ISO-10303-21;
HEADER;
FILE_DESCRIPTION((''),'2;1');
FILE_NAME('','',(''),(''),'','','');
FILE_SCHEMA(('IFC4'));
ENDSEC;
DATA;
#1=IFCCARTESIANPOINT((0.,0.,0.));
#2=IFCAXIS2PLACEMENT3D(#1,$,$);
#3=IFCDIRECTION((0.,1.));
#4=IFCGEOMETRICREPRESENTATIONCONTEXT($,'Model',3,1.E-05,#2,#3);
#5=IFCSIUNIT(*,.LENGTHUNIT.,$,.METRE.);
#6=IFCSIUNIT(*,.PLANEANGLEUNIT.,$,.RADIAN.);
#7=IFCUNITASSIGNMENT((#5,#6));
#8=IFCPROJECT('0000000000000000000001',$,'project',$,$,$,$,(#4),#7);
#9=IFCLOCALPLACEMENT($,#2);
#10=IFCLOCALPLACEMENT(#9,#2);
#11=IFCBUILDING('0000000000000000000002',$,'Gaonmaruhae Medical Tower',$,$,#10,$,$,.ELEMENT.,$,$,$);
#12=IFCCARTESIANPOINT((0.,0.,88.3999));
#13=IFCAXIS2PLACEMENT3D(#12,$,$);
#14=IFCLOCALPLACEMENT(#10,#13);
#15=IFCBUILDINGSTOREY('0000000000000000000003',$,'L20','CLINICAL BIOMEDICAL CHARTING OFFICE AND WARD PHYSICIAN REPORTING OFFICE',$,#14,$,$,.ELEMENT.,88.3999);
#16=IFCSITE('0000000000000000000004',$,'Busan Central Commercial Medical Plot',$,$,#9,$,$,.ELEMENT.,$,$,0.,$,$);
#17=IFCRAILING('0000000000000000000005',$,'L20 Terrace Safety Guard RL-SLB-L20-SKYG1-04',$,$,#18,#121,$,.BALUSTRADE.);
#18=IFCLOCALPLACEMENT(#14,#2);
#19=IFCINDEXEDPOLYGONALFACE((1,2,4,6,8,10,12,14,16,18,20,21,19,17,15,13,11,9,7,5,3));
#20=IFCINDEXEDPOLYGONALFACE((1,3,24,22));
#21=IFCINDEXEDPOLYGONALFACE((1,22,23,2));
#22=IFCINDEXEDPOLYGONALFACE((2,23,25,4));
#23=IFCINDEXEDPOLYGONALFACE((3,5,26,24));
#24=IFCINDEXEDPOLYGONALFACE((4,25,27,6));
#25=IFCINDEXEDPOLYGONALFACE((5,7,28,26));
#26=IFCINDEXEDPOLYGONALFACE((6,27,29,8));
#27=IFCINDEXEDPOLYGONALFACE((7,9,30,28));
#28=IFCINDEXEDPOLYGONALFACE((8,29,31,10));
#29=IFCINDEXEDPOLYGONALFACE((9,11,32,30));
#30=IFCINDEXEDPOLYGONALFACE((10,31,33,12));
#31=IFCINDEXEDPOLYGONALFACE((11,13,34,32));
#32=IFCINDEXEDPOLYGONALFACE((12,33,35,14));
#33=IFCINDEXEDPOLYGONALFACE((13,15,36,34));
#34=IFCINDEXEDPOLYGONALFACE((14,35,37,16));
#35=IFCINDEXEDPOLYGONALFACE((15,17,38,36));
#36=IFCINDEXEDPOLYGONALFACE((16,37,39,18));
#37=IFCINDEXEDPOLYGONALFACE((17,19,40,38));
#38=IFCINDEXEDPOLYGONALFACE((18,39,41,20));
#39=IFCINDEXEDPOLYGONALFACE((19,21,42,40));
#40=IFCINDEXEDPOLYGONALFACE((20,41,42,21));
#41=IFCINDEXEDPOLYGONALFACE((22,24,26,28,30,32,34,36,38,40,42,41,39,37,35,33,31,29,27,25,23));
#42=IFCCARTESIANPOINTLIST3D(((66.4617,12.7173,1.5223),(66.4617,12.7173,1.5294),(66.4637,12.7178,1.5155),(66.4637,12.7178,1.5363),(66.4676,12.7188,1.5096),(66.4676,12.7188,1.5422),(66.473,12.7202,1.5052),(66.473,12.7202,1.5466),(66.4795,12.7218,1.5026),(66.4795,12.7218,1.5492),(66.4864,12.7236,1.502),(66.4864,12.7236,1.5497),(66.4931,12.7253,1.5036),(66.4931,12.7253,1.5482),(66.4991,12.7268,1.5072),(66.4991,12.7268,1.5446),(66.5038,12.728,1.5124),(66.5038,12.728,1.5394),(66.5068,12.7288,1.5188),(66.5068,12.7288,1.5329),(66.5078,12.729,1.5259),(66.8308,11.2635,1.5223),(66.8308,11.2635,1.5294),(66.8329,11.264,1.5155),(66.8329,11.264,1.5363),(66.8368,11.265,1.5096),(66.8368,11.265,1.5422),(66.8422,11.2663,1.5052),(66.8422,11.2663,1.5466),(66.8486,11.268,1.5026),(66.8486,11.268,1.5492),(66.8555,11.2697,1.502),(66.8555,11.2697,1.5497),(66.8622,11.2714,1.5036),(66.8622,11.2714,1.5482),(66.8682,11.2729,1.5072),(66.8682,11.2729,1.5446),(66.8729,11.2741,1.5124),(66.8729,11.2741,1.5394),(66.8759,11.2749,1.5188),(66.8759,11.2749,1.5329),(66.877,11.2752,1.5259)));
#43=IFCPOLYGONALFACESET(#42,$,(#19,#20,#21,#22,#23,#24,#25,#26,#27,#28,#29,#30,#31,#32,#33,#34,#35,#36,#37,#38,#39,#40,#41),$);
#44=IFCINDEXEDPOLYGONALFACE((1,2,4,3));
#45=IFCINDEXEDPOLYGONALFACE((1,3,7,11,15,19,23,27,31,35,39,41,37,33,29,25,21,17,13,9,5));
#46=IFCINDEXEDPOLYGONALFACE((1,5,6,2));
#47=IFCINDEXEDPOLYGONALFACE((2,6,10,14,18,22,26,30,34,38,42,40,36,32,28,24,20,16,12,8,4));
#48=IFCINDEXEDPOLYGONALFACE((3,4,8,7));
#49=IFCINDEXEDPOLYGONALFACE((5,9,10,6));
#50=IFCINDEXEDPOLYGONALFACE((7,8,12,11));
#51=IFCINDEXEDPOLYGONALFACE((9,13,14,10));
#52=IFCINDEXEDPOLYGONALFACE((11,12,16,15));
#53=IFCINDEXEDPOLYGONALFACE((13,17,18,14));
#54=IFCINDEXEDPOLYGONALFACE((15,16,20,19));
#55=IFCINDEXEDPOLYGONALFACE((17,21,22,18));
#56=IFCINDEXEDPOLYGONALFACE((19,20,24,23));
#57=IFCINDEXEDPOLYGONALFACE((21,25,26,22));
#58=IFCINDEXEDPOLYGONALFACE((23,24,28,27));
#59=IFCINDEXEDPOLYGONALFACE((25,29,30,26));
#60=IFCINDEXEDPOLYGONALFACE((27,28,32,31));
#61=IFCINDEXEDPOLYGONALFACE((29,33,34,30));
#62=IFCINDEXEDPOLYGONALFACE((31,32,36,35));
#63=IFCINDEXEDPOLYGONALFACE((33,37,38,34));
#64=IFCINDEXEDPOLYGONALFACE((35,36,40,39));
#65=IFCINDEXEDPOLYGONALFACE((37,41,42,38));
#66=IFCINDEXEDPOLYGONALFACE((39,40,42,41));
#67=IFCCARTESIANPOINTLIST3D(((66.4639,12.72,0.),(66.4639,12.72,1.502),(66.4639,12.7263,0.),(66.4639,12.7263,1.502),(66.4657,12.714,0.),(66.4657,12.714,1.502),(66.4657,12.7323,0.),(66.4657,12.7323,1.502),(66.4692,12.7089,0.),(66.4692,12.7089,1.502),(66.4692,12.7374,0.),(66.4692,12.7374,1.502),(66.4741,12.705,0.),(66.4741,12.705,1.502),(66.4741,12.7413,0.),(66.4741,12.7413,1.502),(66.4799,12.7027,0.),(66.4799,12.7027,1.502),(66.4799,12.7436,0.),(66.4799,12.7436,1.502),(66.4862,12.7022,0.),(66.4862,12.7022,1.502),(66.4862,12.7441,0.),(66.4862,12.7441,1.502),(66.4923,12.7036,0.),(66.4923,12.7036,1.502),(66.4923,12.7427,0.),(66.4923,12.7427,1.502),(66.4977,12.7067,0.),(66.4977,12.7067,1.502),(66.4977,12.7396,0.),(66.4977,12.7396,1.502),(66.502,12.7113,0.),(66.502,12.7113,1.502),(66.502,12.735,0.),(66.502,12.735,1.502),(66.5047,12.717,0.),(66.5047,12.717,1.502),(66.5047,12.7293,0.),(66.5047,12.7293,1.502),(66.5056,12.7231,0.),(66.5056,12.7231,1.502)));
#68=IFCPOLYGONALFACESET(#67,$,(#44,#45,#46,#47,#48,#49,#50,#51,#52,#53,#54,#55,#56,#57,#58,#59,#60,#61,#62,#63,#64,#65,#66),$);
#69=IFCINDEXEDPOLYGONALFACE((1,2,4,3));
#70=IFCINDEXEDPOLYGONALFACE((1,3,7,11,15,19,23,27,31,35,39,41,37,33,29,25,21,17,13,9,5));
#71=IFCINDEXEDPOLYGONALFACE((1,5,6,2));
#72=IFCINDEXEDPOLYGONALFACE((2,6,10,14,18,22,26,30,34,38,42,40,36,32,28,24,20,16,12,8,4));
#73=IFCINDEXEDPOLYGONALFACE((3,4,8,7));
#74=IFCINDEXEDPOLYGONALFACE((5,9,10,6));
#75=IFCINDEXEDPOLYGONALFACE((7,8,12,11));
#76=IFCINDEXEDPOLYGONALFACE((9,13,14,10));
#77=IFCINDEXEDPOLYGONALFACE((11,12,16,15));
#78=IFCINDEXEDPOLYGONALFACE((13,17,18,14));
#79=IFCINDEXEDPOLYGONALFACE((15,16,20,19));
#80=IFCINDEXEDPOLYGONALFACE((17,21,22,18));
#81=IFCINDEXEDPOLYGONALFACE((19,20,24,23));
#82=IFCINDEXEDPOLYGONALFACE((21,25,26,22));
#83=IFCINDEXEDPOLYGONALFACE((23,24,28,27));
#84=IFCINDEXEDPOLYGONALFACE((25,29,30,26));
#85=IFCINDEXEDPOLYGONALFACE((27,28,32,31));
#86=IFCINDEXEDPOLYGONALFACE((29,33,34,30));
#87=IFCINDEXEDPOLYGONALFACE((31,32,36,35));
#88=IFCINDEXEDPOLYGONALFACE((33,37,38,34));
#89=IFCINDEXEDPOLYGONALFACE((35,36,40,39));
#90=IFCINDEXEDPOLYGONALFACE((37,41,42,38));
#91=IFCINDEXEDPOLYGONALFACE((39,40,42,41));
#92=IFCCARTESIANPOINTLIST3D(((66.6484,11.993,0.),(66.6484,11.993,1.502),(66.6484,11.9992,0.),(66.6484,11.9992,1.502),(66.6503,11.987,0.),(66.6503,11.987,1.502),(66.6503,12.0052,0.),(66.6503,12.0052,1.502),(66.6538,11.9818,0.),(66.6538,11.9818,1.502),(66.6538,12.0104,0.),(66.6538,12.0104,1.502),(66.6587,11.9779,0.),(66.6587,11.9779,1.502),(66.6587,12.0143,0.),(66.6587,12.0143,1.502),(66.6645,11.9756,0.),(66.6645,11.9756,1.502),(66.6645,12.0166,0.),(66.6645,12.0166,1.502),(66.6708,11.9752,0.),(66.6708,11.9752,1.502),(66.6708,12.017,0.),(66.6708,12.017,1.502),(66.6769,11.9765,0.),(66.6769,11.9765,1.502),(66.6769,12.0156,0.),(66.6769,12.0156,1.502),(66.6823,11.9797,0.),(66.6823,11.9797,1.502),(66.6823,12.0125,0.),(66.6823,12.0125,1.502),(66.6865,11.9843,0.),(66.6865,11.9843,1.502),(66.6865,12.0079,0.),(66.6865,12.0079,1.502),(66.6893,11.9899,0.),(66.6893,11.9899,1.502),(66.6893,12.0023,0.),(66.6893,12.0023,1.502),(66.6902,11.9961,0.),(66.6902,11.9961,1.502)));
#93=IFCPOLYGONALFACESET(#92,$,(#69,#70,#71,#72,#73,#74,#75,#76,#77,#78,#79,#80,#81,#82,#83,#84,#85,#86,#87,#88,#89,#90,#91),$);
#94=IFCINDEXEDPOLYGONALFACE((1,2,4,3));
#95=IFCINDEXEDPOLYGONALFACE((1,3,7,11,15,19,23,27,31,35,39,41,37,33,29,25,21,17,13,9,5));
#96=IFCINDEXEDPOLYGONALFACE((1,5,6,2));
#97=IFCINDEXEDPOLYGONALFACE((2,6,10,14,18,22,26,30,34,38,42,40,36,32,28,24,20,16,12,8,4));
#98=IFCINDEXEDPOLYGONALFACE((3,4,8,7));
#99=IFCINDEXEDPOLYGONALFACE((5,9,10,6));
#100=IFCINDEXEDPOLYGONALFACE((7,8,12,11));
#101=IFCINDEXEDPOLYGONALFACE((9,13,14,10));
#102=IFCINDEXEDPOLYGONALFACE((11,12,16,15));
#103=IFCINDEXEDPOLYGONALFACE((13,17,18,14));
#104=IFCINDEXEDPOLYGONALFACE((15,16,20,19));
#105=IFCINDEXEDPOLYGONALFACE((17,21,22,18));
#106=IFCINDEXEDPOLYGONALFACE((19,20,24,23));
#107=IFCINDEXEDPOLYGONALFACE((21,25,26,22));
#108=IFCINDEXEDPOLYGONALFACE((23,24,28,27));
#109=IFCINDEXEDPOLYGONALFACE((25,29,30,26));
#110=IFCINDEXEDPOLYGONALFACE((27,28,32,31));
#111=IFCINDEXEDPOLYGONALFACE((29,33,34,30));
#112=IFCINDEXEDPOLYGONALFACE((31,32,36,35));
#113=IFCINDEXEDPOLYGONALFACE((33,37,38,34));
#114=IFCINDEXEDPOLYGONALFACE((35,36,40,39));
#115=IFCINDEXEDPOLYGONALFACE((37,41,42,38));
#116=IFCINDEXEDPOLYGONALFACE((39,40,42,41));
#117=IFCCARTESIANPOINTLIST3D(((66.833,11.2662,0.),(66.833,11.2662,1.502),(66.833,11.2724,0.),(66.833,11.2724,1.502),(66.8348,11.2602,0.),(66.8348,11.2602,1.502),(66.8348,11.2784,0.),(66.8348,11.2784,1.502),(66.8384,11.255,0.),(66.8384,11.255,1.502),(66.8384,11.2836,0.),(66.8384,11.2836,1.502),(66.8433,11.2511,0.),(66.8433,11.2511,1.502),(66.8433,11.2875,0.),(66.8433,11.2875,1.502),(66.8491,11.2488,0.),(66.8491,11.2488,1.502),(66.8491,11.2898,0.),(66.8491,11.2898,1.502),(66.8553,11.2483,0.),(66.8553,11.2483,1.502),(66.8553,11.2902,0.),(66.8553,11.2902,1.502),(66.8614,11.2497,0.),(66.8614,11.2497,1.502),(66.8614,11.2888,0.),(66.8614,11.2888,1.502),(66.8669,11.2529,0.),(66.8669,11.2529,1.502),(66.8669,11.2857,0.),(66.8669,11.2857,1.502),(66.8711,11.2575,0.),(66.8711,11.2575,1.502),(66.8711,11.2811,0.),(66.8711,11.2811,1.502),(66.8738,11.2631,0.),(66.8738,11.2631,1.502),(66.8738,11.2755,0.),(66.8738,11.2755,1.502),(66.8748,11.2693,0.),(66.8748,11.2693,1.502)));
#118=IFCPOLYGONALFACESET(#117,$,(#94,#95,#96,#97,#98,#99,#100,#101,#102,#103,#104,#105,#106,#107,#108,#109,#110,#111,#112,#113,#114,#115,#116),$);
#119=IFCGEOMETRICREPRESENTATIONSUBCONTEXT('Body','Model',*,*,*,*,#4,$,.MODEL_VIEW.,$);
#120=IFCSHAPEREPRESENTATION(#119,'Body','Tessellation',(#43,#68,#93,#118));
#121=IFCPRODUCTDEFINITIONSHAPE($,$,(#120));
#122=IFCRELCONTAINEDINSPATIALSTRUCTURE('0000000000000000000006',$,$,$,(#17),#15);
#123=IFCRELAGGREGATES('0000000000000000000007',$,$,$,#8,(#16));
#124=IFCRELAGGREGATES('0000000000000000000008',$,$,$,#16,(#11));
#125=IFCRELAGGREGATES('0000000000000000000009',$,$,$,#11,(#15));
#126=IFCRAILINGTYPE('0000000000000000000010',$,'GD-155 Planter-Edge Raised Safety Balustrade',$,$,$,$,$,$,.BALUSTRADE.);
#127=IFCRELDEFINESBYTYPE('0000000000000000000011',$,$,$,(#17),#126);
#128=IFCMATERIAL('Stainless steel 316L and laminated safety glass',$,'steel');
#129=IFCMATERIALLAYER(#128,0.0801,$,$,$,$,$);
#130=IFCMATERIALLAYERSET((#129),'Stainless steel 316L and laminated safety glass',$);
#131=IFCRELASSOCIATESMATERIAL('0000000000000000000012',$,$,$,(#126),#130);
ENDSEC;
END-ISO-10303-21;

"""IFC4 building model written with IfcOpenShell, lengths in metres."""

from ifc_helpers import new_model, si_unit, direction, frame, origin, origin_2d, place, context, subcontext, project, spatial, circle, extrude, material, layer, layer_set, type_object, element, save


model = new_model("IFC4")

# Units and contexts
model_context = context("Model", 3, precision=1e-05, world=origin(), true_north=direction((0.0, 1.0)))
body_context = subcontext(model_context, "Body", "Model", "MODEL_VIEW")
ifc_project = project(units=[si_unit("LENGTHUNIT", "METRE"), si_unit("PLANEANGLEUNIT", "RADIAN")], contexts=[model_context])

# Site, building, storey
site_placement = place(None, origin())
site = spatial("IfcSite", under=ifc_project, at=site_placement, Name="Busan Central Commercial Medical Plot", CompositionType="ELEMENT", RefElevation=0.0)
building_placement = place(site_placement, origin())
building = spatial("IfcBuilding", under=site, at=building_placement, Name="Gaonmaruhae Medical Tower", CompositionType="ELEMENT")
storey_placement = place(building_placement, frame((0.0, 0.0, 88.3999)))
storey = spatial("IfcBuildingStorey", under=building, at=storey_placement, Name="L20", Description="CLINICAL BIOMEDICAL CHARTING OFFICE AND WARD PHYSICIAN REPORTING OFFICE", CompositionType="ELEMENT", Elevation=88.3999)

# Railing
ifc_material_1 = material(Name="Stainless steel 316L and laminated safety glass", Category="steel")
ifc_layer_1 = layer(ifc_material_1, 0.0801)
ifc_layer_set_1 = layer_set([ifc_layer_1], Name="Stainless steel 316L and laminated safety glass")
railing_type = type_object("IfcRailingType", Name="GD-155 Planter-Edge Raised Safety Balustrade", PredefinedType="BALUSTRADE", material=ifc_layer_set_1)
railing_1_placement = place(storey_placement, frame((66.4846, 12.7231, 0.0)))
element("IfcRailing", 1, at=railing_1_placement, inside=storey, type_object=railing_type, Name="L20 Terrace Safety Guard RL-SLB-L20-SKYG1-04", PredefinedType="BALUSTRADE", context=body_context, shape_type="SweptSolid", body=[
    extrude(circle(Radius=0.0239, at=origin_2d()), frame((0.0, 0.0, 1.5259), z_axis=(0.246096, -0.969246, 0.0), x_axis=(0.969246, 0.246096, 0.0)), (0.0, 0.0, 1.0), 1.5),
    extrude(circle(Radius=0.021, at=origin_2d()), origin(), (0.0, 0.0, 1.0), 1.502),
    extrude(circle(Radius=0.021, at=origin_2d()), frame((0.1846, -0.7271, 0.0)), (0.0, 0.0, 1.0), 1.502),
    extrude(circle(Radius=0.021, at=origin_2d()), frame((0.3691, -1.4539, 0.0)), (0.0, 0.0, 1.0), 1.502),
])

save(model, "model.ifc")
